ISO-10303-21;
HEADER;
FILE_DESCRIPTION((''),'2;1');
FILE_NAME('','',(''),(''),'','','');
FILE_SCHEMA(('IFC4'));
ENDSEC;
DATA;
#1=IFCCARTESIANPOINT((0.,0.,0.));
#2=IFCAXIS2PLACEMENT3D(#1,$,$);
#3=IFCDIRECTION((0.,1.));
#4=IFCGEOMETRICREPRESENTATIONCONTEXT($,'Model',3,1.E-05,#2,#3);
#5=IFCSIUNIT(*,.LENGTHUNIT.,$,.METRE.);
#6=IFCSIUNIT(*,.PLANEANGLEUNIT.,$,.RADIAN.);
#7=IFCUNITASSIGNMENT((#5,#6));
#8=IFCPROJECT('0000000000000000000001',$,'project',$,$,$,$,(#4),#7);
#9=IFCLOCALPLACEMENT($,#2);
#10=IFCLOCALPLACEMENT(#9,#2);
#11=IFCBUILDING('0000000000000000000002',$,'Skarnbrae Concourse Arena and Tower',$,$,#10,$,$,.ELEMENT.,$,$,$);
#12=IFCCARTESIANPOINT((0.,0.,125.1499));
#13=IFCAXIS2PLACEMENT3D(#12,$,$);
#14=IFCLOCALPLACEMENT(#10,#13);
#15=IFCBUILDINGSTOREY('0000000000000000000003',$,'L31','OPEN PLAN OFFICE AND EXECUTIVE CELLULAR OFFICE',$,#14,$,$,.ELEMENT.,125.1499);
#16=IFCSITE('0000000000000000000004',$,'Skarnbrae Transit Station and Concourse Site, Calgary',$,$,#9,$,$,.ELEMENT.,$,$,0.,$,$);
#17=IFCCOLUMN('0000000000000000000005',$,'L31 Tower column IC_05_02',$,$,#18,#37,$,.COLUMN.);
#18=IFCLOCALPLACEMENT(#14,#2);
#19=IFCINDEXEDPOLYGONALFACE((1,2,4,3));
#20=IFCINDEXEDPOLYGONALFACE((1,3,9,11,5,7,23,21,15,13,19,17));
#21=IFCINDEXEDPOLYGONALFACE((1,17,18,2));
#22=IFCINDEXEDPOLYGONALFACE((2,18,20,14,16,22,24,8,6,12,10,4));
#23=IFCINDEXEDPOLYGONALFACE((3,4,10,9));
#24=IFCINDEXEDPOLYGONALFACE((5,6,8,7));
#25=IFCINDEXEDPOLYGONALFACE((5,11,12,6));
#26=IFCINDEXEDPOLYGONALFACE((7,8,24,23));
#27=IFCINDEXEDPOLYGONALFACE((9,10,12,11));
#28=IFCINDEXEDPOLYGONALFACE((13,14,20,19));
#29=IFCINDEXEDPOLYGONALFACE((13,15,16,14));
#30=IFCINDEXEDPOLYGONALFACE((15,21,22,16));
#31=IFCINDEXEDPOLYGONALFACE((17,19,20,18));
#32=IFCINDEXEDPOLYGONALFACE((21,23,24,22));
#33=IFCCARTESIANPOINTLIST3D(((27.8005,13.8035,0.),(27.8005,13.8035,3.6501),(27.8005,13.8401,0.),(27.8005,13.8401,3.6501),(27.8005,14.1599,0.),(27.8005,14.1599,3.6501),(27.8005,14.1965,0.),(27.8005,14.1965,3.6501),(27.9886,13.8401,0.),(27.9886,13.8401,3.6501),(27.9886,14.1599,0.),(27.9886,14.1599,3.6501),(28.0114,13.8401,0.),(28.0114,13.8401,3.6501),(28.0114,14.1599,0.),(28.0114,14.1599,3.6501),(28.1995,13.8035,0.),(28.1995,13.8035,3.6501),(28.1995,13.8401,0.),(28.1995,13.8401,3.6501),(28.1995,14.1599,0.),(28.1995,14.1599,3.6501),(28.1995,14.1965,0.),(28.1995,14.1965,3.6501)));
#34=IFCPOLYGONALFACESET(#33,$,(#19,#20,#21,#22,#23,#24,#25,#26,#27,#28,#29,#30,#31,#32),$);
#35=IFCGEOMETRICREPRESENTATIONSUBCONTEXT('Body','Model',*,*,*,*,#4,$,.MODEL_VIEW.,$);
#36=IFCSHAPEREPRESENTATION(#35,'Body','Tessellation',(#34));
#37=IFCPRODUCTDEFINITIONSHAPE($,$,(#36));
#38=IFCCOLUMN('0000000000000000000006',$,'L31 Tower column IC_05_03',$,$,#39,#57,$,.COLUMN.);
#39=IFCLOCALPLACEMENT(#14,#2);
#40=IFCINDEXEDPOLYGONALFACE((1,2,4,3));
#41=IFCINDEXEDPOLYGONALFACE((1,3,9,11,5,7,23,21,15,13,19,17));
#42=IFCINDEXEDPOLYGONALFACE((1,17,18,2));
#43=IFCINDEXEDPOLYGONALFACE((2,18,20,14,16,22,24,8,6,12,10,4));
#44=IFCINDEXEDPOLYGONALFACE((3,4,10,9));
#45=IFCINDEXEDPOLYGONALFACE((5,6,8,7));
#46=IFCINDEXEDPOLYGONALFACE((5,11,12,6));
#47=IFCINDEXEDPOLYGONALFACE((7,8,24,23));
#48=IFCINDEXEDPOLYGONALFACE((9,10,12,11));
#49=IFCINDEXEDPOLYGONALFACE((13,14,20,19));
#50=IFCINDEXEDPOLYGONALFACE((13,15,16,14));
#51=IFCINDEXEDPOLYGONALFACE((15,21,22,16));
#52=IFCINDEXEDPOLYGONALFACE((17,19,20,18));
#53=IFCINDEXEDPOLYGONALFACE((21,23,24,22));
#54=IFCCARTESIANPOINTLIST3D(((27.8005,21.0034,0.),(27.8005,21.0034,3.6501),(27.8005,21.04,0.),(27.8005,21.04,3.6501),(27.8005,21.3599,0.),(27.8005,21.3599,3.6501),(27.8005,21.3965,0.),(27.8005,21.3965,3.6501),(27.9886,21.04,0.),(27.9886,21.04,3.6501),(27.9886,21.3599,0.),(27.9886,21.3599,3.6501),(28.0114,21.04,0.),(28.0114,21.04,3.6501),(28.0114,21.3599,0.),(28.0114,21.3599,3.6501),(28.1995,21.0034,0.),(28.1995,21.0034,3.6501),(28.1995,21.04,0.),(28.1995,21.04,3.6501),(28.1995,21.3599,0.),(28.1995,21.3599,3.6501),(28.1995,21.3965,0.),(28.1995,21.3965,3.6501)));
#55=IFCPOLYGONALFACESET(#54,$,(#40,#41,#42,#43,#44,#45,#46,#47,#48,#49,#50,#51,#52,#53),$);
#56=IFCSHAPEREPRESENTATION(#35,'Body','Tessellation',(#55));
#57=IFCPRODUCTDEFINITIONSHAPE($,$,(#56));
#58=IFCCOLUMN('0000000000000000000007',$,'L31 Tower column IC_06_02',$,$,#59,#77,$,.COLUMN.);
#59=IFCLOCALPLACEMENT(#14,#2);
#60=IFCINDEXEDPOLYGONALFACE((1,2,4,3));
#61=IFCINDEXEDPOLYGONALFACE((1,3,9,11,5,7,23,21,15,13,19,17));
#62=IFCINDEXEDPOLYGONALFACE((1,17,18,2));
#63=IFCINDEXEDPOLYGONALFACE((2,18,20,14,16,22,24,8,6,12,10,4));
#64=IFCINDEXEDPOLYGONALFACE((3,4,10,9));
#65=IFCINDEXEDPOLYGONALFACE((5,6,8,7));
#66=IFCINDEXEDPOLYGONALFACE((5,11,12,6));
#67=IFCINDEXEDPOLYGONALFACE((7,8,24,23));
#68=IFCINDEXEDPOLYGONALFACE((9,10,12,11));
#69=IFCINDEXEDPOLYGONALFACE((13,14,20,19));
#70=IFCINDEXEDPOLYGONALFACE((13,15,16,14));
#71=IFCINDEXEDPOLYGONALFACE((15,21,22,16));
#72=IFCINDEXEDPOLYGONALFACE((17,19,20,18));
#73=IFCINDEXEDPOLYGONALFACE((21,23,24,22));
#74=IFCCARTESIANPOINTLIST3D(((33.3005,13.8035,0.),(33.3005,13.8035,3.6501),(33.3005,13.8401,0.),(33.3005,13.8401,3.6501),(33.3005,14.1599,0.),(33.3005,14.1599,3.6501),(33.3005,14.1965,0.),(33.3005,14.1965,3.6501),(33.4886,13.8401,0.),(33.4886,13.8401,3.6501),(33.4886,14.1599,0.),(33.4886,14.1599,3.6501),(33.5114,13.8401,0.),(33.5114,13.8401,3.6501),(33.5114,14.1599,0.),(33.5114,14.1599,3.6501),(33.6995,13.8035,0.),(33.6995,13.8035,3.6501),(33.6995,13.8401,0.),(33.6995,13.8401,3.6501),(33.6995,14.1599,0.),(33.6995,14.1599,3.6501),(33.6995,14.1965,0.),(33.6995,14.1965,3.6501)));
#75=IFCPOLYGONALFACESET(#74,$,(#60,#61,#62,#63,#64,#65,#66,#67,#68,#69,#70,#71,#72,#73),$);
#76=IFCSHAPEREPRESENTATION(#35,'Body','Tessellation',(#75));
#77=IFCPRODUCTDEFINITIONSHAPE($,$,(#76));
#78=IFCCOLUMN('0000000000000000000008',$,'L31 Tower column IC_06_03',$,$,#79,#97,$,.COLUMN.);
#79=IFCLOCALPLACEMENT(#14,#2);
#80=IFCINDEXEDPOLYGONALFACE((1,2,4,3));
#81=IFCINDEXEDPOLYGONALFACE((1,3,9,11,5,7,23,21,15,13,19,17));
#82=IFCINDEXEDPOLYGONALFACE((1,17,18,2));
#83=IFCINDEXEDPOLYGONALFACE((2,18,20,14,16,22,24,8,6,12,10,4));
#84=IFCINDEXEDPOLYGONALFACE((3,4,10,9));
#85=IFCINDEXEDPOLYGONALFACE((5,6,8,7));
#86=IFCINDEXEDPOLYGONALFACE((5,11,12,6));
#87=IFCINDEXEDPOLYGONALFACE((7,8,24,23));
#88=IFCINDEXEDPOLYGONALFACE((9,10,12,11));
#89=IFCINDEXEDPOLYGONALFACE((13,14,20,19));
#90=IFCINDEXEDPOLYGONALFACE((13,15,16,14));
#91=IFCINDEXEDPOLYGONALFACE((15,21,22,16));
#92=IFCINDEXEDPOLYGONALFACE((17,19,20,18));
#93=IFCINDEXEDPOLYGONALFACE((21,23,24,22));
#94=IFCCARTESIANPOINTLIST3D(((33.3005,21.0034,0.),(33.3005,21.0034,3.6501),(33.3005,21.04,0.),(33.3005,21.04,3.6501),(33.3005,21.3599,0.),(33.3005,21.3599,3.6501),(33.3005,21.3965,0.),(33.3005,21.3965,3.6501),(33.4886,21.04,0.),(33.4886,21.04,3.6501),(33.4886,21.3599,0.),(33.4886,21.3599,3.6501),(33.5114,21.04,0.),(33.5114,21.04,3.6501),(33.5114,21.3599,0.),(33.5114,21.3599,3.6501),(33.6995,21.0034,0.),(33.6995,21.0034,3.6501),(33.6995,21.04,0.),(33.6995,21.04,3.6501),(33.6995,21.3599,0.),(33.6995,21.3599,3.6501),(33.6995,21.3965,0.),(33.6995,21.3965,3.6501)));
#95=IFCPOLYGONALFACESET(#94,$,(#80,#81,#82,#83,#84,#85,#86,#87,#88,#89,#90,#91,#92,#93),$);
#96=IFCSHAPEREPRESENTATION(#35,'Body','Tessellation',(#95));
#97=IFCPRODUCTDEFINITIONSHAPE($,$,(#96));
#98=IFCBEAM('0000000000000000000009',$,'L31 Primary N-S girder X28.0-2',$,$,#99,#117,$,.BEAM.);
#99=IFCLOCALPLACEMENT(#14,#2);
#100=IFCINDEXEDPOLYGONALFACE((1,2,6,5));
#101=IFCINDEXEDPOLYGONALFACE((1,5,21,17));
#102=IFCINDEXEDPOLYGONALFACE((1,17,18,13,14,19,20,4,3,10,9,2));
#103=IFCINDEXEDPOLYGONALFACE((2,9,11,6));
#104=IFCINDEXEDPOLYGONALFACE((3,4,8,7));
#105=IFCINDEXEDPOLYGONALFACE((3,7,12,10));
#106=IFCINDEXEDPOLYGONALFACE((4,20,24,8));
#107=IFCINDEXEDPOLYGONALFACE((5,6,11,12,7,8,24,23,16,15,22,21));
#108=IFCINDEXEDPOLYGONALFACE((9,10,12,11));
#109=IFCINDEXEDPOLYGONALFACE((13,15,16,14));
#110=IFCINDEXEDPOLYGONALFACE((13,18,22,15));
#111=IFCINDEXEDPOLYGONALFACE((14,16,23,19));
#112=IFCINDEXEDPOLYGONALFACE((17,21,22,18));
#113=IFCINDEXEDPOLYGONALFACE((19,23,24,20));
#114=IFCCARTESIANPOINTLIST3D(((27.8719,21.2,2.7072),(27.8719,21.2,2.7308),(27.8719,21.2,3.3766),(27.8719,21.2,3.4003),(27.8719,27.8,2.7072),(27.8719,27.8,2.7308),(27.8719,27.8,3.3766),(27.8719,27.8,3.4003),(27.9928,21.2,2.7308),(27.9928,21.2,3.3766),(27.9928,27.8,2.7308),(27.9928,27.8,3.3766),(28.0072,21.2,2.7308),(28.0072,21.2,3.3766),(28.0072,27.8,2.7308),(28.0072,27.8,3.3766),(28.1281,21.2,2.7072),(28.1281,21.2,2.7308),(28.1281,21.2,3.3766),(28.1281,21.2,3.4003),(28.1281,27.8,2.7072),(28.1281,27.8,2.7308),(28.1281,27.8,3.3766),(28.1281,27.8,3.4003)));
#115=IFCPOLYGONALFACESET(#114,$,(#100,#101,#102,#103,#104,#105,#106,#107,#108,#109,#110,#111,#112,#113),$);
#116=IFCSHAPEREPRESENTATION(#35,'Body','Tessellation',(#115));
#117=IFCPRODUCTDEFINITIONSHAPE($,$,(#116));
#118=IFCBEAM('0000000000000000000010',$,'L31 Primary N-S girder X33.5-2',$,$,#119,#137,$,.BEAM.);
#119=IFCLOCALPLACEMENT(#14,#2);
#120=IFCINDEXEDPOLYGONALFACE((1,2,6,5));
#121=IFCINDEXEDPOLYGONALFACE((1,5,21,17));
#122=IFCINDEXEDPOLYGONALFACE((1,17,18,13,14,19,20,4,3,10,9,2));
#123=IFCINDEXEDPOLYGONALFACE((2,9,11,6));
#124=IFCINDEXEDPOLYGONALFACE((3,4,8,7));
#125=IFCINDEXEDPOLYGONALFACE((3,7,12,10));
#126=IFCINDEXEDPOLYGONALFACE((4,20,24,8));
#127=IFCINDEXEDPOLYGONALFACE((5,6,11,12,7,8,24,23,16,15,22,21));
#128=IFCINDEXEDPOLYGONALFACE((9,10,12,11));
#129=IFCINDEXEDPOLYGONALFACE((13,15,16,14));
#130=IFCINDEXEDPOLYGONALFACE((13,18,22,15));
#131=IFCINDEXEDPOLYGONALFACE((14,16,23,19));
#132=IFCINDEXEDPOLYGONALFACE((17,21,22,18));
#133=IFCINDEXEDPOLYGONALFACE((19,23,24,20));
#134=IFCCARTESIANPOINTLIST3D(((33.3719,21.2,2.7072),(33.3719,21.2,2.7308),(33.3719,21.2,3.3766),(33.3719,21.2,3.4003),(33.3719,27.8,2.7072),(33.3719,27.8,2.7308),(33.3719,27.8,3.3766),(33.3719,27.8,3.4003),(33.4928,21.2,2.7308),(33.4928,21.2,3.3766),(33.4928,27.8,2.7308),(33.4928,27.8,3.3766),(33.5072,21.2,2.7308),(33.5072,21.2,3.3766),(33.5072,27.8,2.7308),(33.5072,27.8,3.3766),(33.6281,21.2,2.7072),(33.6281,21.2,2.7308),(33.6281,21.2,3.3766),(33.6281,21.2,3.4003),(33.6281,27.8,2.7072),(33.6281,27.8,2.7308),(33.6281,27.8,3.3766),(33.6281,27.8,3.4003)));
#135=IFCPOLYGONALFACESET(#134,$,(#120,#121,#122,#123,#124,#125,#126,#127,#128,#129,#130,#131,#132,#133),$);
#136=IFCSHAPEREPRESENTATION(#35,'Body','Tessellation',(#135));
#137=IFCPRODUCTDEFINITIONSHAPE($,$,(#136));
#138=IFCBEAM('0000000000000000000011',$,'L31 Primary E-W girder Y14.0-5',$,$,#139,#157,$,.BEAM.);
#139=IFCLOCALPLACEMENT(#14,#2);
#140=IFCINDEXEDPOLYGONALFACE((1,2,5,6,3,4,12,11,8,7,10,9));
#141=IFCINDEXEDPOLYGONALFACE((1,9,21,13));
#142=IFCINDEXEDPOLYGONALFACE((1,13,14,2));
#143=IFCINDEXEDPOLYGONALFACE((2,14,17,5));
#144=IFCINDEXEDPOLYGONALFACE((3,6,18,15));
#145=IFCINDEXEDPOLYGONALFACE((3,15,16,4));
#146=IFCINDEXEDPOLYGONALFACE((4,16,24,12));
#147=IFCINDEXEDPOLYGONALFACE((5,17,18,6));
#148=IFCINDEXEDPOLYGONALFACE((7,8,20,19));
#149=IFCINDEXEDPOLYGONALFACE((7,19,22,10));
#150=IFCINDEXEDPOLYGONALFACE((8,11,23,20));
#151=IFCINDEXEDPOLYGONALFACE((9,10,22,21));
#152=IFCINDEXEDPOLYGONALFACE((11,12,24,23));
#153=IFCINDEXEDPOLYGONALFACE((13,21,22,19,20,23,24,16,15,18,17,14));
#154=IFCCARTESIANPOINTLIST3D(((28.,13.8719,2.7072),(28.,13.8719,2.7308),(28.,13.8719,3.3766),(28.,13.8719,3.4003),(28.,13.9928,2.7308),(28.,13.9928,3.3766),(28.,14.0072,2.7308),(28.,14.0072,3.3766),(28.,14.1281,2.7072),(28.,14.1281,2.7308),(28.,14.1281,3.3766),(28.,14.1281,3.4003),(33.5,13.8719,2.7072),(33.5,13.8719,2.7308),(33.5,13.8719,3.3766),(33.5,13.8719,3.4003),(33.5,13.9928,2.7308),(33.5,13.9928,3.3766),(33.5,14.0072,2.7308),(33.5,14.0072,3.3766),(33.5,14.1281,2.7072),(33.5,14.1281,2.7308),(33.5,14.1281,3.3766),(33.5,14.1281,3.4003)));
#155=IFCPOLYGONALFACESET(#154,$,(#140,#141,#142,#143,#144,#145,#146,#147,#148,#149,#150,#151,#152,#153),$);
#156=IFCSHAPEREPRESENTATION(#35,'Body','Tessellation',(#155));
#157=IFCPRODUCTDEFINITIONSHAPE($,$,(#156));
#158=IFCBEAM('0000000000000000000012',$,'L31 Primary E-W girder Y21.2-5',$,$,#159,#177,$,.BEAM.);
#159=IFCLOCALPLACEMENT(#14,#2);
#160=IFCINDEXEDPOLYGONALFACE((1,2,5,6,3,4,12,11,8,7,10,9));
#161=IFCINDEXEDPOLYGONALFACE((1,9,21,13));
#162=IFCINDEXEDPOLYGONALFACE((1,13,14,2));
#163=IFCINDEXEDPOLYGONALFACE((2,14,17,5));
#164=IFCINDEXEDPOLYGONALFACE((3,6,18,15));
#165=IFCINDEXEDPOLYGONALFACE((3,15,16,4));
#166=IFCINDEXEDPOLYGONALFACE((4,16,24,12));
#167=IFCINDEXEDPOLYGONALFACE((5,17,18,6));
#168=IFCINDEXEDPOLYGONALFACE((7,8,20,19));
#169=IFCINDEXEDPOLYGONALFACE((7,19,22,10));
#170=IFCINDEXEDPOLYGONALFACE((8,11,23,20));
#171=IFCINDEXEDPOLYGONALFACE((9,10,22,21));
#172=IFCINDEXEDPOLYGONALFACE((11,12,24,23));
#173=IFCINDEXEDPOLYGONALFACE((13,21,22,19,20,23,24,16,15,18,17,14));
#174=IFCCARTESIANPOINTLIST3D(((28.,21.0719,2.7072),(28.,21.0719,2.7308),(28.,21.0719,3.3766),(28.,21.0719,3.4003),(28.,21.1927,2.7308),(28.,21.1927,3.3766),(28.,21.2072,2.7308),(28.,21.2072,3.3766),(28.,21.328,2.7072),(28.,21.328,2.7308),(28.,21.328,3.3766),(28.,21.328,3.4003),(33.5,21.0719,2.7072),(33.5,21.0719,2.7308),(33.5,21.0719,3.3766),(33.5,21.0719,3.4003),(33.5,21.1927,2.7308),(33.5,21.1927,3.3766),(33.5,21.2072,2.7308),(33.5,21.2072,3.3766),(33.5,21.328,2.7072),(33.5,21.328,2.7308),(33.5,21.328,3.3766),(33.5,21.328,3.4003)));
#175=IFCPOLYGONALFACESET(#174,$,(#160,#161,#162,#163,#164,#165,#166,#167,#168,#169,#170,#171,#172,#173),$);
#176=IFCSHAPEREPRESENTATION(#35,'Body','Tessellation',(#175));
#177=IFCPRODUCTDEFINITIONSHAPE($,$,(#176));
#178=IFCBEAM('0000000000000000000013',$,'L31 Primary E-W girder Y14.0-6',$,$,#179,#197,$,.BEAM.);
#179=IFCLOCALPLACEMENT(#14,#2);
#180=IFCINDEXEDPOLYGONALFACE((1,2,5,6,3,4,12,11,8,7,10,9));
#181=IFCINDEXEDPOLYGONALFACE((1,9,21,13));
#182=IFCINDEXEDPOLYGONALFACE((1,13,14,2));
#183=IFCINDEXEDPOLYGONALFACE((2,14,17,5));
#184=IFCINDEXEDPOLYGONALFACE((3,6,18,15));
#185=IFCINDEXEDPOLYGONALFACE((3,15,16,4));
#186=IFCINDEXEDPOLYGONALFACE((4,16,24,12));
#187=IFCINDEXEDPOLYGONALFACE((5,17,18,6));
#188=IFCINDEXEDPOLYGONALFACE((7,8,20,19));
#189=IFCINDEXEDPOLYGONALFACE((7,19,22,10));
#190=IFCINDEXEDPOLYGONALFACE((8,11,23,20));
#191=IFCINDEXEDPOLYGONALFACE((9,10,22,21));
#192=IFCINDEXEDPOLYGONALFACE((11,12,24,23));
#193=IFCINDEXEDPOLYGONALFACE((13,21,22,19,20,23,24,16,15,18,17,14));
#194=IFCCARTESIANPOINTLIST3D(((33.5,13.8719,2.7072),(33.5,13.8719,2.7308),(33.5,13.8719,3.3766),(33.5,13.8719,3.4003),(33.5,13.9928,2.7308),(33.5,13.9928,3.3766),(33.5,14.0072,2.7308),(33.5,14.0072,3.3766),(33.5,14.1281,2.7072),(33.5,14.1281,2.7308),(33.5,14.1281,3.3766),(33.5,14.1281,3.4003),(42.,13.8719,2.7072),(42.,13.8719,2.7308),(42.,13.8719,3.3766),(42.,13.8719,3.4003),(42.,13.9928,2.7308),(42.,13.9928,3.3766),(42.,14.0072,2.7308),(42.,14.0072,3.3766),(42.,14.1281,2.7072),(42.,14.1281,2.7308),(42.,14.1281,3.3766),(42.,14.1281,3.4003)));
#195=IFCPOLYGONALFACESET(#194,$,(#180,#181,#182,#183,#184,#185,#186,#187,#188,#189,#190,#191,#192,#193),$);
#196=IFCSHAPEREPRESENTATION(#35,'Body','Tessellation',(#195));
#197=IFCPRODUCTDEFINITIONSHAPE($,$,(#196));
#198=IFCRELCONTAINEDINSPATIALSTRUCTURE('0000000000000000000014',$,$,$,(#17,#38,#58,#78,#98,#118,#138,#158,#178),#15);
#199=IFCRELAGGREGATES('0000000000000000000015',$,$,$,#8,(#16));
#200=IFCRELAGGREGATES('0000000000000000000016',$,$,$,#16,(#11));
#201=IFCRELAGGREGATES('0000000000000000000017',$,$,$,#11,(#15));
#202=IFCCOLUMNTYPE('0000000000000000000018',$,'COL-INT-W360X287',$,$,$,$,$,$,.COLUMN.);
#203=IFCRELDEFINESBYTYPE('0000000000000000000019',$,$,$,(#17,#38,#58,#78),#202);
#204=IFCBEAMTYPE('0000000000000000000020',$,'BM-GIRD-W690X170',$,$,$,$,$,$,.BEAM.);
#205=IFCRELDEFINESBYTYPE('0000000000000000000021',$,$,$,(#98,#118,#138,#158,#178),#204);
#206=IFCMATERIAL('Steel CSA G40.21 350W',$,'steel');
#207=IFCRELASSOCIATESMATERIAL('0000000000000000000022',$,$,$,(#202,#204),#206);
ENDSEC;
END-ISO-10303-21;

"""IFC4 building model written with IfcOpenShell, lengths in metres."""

from ifc_helpers import new_model, si_unit, direction, frame, origin, origin_2d, place, context, subcontext, project, spatial, i_section, extrude, source, transform, mapped, material, material_profile, profile_set, type_object, element, save


model = new_model("IFC4")

# Units and contexts
model_context = context("Model", 3, precision=1e-05, world=origin(), true_north=direction((0.0, 1.0)))
body_context = subcontext(model_context, "Body", "Model", "MODEL_VIEW")
ifc_project = project(units=[si_unit("LENGTHUNIT", "METRE"), si_unit("PLANEANGLEUNIT", "RADIAN")], contexts=[model_context])

# Site, building, storey
site_placement = place(None, origin())
site = spatial("IfcSite", under=ifc_project, at=site_placement, Name="Skarnbrae Transit Station and Concourse Site, Calgary", CompositionType="ELEMENT", RefElevation=0.0)
building_placement = place(site_placement, origin())
building = spatial("IfcBuilding", under=site, at=building_placement, Name="Skarnbrae Concourse Arena and Tower", CompositionType="ELEMENT")
storey_placement = place(building_placement, frame((0.0, 0.0, 125.1499)))
storey = spatial("IfcBuildingStorey", under=building, at=storey_placement, Name="L31", Description="OPEN PLAN OFFICE AND EXECUTIVE CELLULAR OFFICE", CompositionType="ELEMENT", Elevation=125.1499)

# Columns
ifc_material_1 = material(Name="Steel CSA G40.21 350W", Category="steel")
ifc_material_profile_1 = material_profile(ifc_material_1, i_section(OverallWidth=0.3989, OverallDepth=0.3931, WebThickness=0.0227, FlangeThickness=0.0366, at=origin_2d()), Name="W360X287")
ifc_profile_set_1 = profile_set([ifc_material_profile_1], Name="Steel CSA G40.21 350W")
column_type = type_object("IfcColumnType", Name="COL-INT-W360X287", PredefinedType="COLUMN", material=ifc_profile_set_1)
shared_shape_1 = source(origin(), body_context, "Body", "SweptSolid", [
    extrude(i_section(OverallWidth=0.3989, OverallDepth=0.3931, WebThickness=0.0227, FlangeThickness=0.0366, at=origin_2d()), origin(), (0.0, 0.0, 1.0), 3.6501),
])
for number, where, z_axis, x_axis, name in (
    (1, (28.0, 14.0, 0.0), (0.0, 0.0, 1.0), (1.0, 0.0, 0.0), "L31 Tower column IC_05_02"),
    (2, (28.0, 21.2, 0.0), (0.0, 0.0, 1.0), (1.0, 0.0, 0.0), "L31 Tower column IC_05_03"),
    (3, (33.5, 14.0, 0.0), (0.0, 0.0, 1.0), (1.0, 0.0, 0.0), "L31 Tower column IC_06_02"),
    (4, (33.5, 21.2, 0.0), (0.0, 0.0, 1.0), (1.0, 0.0, 0.0), "L31 Tower column IC_06_03"),
):
    element("IfcColumn", number, at=place(storey_placement, frame(where, z_axis=z_axis, x_axis=x_axis)), inside=storey, type_object=column_type, Name=name, PredefinedType="COLUMN", context=body_context, shape_type="MappedRepresentation", body=[
        mapped(shared_shape_1, transform((0.0, 0.0, 0.0))),
    ])

# Beams
ifc_material_profile_2 = material_profile(ifc_material_1, i_section(OverallWidth=0.2561, OverallDepth=0.6931, WebThickness=0.0144, FlangeThickness=0.0237, at=origin_2d()), Name="W690X170")
ifc_profile_set_2 = profile_set([ifc_material_profile_2], Name="Steel CSA G40.21 350W")
beam_type_1 = type_object("IfcBeamType", Name="BM-GIRD-W690X170", PredefinedType="BEAM", material=ifc_profile_set_2)
shared_shape_2 = source(origin(), body_context, "Body", "SweptSolid", [
    extrude(i_section(OverallWidth=0.2561, OverallDepth=0.6931, WebThickness=0.0144, FlangeThickness=0.0237, at=origin_2d()), origin(), (0.0, 0.0, 1.0), 6.6001),
])
for number, where, z_axis, x_axis, name in (
    (5, (28.0, 21.2, 3.0537), (0.0, 1.0, 0.0), (-1.0, 0.0, 0.0), "L31 Primary N-S girder X28.0-2"),
    (6, (33.5, 21.2, 3.0537), (0.0, 1.0, 0.0), (-1.0, 0.0, 0.0), "L31 Primary N-S girder X33.5-2"),
):
    element("IfcBeam", number, at=place(storey_placement, frame(where, z_axis=z_axis, x_axis=x_axis)), inside=storey, type_object=beam_type_1, Name=name, PredefinedType="BEAM", context=body_context, shape_type="MappedRepresentation", body=[
        mapped(shared_shape_2, transform((0.0, 0.0, 0.0))),
    ])
shared_shape_3 = source(origin(), body_context, "Body", "SweptSolid", [
    extrude(i_section(OverallWidth=0.2561, OverallDepth=0.6931, WebThickness=0.0144, FlangeThickness=0.0237, at=origin_2d()), origin(), (0.0, 0.0, 1.0), 5.5),
])
for number, where, z_axis, x_axis, name in (
    (7, (28.0, 14.0, 3.0537), (1.0, 0.0, 0.0), (0.0, 1.0, 0.0), "L31 Primary E-W girder Y14.0-5"),
    (8, (28.0, 21.2, 3.0537), (1.0, 0.0, 0.0), (0.0, 1.0, 0.0), "L31 Primary E-W girder Y21.2-5"),
):
    element("IfcBeam", number, at=place(storey_placement, frame(where, z_axis=z_axis, x_axis=x_axis)), inside=storey, type_object=beam_type_1, Name=name, PredefinedType="BEAM", context=body_context, shape_type="MappedRepresentation", body=[
        mapped(shared_shape_3, transform((0.0, 0.0, 0.0))),
    ])
shared_shape_4 = source(origin(), body_context, "Body", "SweptSolid", [
    extrude(i_section(OverallWidth=0.2561, OverallDepth=0.6931, WebThickness=0.0144, FlangeThickness=0.0237, at=origin_2d()), origin(), (0.0, 0.0, 1.0), 8.5),
])
for number, where, z_axis, x_axis, name in (
    (9, (33.5, 14.0, 3.0537), (1.0, 0.0, 0.0), (0.0, 1.0, 0.0), "L31 Primary E-W girder Y14.0-6"),
):
    element("IfcBeam", number, at=place(storey_placement, frame(where, z_axis=z_axis, x_axis=x_axis)), inside=storey, type_object=beam_type_1, Name=name, PredefinedType="BEAM", context=body_context, shape_type="MappedRepresentation", body=[
        mapped(shared_shape_4, transform((0.0, 0.0, 0.0))),
    ])

save(model, "model.ifc")
